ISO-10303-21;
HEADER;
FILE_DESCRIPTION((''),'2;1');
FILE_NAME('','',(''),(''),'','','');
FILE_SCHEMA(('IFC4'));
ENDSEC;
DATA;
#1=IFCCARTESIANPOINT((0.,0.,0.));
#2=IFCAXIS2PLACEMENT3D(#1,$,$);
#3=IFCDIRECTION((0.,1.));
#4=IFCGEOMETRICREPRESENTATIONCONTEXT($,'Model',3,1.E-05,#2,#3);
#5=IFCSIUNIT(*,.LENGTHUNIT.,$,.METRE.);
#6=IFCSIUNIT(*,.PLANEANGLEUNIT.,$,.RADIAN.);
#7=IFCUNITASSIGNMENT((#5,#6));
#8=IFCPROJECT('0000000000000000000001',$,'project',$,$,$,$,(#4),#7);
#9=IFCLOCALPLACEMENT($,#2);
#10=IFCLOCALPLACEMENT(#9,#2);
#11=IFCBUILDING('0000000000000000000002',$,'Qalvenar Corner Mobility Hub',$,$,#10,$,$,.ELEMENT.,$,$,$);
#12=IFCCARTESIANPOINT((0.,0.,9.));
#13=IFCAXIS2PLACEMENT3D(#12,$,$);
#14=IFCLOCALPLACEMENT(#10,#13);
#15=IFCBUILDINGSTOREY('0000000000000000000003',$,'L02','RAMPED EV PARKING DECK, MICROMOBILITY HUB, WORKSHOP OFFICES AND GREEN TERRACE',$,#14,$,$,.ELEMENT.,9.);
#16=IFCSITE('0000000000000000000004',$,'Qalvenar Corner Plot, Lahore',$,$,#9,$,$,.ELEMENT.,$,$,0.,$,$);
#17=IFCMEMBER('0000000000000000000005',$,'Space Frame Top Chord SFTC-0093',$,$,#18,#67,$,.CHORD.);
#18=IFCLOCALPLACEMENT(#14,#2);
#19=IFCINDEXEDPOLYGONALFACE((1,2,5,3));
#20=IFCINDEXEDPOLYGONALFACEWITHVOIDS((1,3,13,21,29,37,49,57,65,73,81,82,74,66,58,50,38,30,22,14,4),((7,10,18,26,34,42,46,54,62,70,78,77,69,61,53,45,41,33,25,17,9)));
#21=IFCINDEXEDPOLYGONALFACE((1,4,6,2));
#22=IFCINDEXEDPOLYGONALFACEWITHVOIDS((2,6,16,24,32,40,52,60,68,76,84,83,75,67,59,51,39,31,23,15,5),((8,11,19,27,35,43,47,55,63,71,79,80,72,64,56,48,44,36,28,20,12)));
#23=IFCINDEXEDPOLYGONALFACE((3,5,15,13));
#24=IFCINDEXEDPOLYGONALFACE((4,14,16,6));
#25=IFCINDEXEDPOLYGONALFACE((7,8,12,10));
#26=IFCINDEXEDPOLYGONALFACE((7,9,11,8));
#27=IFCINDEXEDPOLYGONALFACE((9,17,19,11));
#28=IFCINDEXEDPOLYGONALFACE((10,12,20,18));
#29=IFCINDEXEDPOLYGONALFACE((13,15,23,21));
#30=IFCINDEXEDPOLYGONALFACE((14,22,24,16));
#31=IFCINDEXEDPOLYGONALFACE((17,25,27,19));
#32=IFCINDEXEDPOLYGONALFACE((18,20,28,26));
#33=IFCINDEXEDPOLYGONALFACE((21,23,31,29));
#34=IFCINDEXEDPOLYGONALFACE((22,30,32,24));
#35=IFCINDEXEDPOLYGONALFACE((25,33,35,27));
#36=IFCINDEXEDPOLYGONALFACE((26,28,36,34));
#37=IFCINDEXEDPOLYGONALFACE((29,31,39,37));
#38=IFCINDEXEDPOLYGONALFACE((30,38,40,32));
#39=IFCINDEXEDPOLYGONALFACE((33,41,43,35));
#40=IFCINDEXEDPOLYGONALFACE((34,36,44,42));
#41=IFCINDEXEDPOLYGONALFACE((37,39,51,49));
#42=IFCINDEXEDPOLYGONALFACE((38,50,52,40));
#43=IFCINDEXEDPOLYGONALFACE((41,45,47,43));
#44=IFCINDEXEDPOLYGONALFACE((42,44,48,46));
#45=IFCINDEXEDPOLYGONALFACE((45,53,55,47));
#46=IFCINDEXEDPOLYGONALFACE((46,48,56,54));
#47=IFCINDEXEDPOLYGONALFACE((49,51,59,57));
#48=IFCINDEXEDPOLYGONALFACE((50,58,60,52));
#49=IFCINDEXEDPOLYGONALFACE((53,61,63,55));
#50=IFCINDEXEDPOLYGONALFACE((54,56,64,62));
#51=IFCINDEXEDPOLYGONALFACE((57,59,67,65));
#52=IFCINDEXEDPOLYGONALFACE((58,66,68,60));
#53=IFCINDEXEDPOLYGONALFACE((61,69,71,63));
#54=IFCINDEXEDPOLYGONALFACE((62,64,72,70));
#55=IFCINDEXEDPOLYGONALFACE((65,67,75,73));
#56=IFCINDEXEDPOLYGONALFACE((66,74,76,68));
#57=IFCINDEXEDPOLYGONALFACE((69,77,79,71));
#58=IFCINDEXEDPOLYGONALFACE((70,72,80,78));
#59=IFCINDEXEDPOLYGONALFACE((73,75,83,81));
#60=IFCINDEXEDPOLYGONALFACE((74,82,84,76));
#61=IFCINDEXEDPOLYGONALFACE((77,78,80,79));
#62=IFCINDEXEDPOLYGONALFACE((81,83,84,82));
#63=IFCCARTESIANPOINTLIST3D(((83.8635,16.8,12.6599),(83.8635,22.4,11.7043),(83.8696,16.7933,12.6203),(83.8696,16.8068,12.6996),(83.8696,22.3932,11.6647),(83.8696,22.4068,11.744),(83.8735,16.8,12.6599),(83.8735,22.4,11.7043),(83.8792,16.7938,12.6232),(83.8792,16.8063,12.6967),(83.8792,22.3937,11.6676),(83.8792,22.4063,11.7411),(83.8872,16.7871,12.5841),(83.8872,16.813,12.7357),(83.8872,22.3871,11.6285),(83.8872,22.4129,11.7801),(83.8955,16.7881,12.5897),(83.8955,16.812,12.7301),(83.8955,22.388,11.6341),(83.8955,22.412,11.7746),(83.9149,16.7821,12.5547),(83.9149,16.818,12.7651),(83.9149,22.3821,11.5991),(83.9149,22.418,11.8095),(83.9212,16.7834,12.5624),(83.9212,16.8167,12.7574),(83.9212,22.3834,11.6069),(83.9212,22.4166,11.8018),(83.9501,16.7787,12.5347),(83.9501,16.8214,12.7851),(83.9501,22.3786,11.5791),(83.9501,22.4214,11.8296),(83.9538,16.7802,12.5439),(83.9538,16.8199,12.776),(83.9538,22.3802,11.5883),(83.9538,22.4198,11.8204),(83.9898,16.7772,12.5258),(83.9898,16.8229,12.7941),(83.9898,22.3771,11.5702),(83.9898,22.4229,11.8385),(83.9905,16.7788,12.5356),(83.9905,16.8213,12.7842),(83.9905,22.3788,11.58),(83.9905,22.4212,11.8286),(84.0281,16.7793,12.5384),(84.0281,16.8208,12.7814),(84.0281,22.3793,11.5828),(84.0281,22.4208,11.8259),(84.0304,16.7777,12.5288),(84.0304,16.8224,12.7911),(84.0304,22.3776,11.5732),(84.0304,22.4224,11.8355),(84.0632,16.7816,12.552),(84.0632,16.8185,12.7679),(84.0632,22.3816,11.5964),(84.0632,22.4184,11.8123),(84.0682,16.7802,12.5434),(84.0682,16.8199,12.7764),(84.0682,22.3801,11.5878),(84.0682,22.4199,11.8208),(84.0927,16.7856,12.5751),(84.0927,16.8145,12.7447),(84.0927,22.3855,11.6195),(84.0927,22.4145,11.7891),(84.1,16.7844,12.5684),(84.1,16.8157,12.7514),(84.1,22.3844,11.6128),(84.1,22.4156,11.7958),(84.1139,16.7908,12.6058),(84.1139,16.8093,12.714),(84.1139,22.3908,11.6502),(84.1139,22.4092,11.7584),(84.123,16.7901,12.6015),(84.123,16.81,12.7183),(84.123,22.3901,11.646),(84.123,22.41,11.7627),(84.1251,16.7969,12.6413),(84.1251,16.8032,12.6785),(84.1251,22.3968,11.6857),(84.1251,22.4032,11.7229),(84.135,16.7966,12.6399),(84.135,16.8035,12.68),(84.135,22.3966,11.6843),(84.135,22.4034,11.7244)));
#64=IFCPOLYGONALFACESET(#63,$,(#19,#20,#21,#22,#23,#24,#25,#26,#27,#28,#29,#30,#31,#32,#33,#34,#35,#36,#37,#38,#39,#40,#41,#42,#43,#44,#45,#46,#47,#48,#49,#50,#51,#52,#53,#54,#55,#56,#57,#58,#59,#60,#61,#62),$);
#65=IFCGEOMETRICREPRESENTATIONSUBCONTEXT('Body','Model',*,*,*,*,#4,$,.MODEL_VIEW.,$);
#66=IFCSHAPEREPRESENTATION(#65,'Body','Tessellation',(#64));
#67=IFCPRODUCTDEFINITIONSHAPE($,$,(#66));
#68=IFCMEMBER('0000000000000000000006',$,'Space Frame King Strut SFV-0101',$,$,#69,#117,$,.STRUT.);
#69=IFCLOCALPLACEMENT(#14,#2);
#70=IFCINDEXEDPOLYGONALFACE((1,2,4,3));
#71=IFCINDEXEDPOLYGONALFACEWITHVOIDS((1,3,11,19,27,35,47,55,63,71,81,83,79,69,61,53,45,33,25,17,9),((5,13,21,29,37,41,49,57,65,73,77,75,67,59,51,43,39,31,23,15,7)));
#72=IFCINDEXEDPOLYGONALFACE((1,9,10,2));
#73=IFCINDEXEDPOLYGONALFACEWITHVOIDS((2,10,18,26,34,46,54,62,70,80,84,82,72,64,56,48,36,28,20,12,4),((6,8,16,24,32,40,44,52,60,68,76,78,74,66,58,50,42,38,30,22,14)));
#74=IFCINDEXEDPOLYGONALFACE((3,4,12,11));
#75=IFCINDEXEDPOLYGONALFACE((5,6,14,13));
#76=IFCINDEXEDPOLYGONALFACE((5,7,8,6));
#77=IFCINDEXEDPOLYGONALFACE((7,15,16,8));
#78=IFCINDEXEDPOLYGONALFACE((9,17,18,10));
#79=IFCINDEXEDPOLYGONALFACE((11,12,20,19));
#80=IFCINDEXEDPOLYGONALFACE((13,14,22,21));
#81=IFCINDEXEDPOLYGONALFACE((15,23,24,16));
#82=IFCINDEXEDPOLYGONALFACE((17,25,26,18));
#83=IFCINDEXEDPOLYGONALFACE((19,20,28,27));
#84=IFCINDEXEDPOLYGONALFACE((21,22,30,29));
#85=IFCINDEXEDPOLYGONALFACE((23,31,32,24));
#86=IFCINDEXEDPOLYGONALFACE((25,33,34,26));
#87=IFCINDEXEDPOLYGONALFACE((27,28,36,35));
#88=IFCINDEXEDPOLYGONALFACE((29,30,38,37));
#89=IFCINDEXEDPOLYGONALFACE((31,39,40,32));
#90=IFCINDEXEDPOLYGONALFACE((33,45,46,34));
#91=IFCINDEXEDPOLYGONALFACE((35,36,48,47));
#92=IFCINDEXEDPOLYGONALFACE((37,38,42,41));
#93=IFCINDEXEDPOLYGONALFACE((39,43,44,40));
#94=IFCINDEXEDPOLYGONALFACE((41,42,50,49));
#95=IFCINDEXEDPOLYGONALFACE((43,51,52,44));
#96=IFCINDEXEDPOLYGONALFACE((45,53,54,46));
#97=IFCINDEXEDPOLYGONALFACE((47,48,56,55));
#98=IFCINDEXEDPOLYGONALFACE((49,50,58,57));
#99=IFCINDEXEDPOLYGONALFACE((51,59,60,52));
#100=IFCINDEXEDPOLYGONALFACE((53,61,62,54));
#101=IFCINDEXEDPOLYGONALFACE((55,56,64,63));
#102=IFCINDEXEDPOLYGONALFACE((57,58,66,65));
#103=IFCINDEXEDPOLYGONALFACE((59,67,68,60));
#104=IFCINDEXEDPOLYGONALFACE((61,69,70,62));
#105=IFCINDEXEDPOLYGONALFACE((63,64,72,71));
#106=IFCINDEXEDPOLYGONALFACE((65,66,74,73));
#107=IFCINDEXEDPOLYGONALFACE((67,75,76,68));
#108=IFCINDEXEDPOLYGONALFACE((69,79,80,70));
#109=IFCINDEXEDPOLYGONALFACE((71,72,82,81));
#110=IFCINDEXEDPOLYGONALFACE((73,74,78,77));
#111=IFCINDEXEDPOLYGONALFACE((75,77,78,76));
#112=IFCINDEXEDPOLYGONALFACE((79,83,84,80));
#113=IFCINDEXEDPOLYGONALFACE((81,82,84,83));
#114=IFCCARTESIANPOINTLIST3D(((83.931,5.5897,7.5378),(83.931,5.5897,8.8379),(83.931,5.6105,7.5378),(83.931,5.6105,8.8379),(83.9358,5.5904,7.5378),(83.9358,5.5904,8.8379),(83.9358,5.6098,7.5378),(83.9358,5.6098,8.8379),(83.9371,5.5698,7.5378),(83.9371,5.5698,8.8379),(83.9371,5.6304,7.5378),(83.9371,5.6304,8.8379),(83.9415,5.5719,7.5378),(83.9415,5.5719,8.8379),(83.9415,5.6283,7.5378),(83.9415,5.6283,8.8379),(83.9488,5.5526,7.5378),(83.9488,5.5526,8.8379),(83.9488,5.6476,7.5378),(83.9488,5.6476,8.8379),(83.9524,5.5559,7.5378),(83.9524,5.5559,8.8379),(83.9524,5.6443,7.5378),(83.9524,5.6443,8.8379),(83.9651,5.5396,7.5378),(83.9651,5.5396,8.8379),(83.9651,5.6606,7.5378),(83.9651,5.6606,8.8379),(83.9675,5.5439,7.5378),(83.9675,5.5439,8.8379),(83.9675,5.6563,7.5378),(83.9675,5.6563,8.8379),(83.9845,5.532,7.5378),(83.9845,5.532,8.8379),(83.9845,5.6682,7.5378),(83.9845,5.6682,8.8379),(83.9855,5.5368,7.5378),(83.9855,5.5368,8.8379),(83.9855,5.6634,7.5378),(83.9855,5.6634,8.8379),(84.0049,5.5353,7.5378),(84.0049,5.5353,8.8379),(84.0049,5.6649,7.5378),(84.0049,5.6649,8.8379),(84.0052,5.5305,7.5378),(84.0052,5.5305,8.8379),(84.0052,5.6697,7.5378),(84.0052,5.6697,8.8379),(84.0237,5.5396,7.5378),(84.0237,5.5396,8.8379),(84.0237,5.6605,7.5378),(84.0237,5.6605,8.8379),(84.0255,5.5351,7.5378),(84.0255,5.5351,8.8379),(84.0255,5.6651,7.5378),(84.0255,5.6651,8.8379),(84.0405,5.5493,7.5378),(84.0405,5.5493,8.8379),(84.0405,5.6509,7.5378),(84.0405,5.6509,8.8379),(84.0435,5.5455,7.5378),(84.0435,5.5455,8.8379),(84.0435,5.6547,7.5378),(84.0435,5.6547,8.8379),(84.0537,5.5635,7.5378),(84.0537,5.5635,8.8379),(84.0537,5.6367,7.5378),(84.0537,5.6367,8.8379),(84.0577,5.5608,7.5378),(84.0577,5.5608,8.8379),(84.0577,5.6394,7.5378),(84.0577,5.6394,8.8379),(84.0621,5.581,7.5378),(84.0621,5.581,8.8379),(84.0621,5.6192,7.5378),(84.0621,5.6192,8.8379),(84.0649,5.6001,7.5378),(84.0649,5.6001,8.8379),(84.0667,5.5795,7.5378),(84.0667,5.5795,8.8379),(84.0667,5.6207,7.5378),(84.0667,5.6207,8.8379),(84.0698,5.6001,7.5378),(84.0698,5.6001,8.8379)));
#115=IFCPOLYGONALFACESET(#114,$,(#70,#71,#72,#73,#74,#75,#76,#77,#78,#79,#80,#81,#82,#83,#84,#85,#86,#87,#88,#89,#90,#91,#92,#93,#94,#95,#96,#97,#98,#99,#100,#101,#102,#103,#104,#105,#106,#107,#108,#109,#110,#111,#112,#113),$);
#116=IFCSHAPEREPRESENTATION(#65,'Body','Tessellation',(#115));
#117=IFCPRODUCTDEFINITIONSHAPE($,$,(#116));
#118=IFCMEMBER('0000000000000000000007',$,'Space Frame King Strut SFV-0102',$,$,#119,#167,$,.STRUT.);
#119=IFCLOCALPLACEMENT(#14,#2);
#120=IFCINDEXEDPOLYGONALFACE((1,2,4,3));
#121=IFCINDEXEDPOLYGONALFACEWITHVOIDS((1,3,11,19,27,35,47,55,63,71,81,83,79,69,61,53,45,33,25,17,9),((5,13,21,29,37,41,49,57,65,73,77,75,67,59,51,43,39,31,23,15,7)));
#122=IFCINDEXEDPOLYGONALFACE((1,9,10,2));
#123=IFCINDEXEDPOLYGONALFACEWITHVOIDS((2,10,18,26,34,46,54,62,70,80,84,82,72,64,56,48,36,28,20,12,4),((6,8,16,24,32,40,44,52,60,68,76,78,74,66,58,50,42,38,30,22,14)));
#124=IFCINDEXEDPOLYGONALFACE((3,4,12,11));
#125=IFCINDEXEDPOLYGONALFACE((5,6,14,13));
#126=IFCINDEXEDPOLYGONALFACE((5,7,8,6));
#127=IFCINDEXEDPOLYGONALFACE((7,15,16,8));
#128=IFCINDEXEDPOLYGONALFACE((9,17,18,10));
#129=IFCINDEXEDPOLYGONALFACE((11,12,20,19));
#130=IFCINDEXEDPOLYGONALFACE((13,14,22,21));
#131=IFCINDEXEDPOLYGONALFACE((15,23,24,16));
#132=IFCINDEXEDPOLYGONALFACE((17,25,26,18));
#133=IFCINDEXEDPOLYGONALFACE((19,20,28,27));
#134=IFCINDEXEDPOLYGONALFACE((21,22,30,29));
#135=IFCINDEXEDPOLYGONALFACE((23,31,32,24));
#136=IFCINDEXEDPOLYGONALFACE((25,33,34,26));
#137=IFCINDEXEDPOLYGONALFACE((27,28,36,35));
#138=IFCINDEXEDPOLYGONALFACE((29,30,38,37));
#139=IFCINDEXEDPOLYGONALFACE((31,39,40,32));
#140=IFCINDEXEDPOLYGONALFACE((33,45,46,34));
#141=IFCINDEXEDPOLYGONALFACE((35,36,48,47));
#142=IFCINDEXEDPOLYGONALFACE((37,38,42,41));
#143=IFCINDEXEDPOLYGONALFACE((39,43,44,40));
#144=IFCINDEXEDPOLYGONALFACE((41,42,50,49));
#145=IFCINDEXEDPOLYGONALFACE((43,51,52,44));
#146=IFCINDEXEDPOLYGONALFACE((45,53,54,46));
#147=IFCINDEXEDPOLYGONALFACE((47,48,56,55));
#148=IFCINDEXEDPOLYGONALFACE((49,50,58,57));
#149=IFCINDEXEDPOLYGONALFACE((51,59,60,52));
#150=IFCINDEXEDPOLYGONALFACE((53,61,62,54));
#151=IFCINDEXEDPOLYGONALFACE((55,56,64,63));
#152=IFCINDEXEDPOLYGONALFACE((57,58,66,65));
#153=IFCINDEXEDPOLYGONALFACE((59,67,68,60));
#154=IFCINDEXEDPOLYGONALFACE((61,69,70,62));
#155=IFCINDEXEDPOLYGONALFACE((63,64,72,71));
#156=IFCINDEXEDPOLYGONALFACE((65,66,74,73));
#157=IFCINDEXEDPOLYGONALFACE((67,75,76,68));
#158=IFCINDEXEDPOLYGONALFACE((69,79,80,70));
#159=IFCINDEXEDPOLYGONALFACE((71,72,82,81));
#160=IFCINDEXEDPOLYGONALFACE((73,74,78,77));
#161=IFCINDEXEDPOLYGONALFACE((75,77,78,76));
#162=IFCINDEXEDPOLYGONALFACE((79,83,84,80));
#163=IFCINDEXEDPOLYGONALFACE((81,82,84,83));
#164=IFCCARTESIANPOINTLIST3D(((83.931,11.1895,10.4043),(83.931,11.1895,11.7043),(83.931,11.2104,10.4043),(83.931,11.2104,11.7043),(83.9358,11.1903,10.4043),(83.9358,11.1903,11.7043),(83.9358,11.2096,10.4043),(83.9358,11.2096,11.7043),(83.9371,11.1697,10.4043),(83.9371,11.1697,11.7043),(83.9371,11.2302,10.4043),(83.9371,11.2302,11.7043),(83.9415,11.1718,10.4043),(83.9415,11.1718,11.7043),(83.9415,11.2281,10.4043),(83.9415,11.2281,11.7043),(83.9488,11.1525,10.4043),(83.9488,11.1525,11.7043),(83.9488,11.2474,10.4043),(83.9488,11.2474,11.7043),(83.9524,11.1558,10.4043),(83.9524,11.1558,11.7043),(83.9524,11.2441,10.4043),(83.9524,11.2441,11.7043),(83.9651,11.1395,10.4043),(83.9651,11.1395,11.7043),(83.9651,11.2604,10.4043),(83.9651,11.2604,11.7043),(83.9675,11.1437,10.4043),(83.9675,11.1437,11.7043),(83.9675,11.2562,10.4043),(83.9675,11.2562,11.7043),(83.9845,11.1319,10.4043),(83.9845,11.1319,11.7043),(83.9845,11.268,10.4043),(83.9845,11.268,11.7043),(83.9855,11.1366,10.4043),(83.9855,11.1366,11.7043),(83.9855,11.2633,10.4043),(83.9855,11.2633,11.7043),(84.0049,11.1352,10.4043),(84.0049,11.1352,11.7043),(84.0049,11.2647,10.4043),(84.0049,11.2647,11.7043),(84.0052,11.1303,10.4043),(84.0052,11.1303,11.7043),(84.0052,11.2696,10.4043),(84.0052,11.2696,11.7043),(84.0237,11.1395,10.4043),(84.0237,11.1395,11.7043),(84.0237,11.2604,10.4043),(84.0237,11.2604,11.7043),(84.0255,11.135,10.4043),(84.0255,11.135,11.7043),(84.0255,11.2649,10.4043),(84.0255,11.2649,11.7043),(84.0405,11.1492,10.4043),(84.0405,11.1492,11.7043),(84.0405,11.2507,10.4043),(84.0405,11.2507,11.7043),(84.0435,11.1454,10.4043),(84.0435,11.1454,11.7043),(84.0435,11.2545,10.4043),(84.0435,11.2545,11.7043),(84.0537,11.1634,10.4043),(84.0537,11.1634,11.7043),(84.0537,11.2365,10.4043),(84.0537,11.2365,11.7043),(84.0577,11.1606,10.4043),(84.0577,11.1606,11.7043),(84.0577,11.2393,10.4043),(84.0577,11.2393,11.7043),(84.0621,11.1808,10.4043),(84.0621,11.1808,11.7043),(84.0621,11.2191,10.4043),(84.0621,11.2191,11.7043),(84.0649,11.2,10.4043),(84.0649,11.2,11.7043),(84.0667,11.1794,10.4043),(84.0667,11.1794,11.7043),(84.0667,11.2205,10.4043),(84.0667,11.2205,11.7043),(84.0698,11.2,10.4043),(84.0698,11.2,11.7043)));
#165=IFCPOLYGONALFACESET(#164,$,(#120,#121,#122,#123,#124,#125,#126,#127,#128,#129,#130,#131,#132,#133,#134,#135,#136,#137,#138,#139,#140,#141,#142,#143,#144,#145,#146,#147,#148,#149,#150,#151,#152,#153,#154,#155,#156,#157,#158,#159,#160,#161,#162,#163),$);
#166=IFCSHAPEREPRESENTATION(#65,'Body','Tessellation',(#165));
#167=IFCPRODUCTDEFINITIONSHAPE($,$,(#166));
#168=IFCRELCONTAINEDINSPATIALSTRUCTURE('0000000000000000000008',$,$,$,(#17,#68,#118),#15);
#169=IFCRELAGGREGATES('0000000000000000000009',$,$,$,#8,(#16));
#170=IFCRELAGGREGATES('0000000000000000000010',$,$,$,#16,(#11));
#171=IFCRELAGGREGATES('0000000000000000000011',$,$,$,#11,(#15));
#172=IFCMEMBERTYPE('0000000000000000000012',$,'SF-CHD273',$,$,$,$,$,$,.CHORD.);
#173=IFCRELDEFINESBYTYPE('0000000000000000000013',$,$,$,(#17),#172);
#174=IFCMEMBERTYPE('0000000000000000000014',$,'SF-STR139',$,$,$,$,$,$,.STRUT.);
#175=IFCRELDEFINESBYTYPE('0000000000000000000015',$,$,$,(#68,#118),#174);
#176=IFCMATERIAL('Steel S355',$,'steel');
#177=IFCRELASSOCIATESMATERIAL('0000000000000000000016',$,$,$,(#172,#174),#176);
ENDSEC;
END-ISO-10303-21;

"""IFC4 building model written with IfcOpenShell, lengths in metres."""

from ifc_helpers import new_model, si_unit, direction, frame, origin, origin_2d, place, context, subcontext, project, spatial, hollow_circle, extrude, material, material_profile, profile_set, type_object, element, save


model = new_model("IFC4")

# Units and contexts
model_context = context("Model", 3, precision=1e-05, world=origin(), true_north=direction((0.0, 1.0)))
body_context = subcontext(model_context, "Body", "Model", "MODEL_VIEW")
ifc_project = project(units=[si_unit("LENGTHUNIT", "METRE"), si_unit("PLANEANGLEUNIT", "RADIAN")], contexts=[model_context])

# Site, building, storey
site_placement = place(None, origin())
site = spatial("IfcSite", under=ifc_project, at=site_placement, Name="Qalvenar Corner Plot, Lahore", CompositionType="ELEMENT", RefElevation=0.0)
building_placement = place(site_placement, origin())
building = spatial("IfcBuilding", under=site, at=building_placement, Name="Qalvenar Corner Mobility Hub", CompositionType="ELEMENT")
storey_placement = place(building_placement, frame((0.0, 0.0, 9.0)))
storey = spatial("IfcBuildingStorey", under=building, at=storey_placement, Name="L02", Description="RAMPED EV PARKING DECK, MICROMOBILITY HUB, WORKSHOP OFFICES AND GREEN TERRACE", CompositionType="ELEMENT", Elevation=9.0)

# Members
ifc_material_1 = material(Name="Steel S355", Category="steel")
ifc_material_profile_1 = material_profile(ifc_material_1, hollow_circle(Radius=0.1365, WallThickness=0.01, at=origin_2d()), Name="CHS273x10")
ifc_profile_set_1 = profile_set([ifc_material_profile_1], Name="Steel S355")
member_type_1 = type_object("IfcMemberType", Name="SF-CHD273", PredefinedType="CHORD", material=ifc_profile_set_1)
member_1_placement = place(storey_placement, frame((84.0, 16.8, 12.6599), z_axis=(0.0, 0.985751, -0.16821), x_axis=(-1.0, 0.0, 0.0)))
element("IfcMember", 1, at=member_1_placement, inside=storey, type_object=member_type_1, Name="Space Frame Top Chord SFTC-0093", PredefinedType="CHORD", context=body_context, shape_type="SweptSolid", body=[
    extrude(hollow_circle(Radius=0.1365, WallThickness=0.01, at=origin_2d()), origin(), (0.0, 0.0, 1.0), 5.6809),
])
ifc_material_profile_2 = material_profile(ifc_material_1, hollow_circle(Radius=0.0698, WallThickness=0.0049, at=origin_2d()), Name="CHS139.7x5")
ifc_profile_set_2 = profile_set([ifc_material_profile_2], Name="Steel S355")
member_type_2 = type_object("IfcMemberType", Name="SF-STR139", PredefinedType="STRUT", material=ifc_profile_set_2)
for number, where, z_axis, x_axis, name in (
    (2, (84.0, 5.6001, 7.5378), (0.0, 0.0, 1.0), (1.0, 0.0, 0.0), "Space Frame King Strut SFV-0101"),
    (3, (84.0, 11.2, 10.4043), (0.0, 0.0, 1.0), (1.0, 0.0, 0.0), "Space Frame King Strut SFV-0102"),
):
    element("IfcMember", number, at=place(storey_placement, frame(where, z_axis=z_axis, x_axis=x_axis)), inside=storey, type_object=member_type_2, Name=name, PredefinedType="STRUT", context=body_context, shape_type="SweptSolid", body=[
        extrude(hollow_circle(Radius=0.0698, WallThickness=0.0049, at=origin_2d()), origin(), (0.0, 0.0, 1.0), 1.3),
    ])

save(model, "model.ifc")
